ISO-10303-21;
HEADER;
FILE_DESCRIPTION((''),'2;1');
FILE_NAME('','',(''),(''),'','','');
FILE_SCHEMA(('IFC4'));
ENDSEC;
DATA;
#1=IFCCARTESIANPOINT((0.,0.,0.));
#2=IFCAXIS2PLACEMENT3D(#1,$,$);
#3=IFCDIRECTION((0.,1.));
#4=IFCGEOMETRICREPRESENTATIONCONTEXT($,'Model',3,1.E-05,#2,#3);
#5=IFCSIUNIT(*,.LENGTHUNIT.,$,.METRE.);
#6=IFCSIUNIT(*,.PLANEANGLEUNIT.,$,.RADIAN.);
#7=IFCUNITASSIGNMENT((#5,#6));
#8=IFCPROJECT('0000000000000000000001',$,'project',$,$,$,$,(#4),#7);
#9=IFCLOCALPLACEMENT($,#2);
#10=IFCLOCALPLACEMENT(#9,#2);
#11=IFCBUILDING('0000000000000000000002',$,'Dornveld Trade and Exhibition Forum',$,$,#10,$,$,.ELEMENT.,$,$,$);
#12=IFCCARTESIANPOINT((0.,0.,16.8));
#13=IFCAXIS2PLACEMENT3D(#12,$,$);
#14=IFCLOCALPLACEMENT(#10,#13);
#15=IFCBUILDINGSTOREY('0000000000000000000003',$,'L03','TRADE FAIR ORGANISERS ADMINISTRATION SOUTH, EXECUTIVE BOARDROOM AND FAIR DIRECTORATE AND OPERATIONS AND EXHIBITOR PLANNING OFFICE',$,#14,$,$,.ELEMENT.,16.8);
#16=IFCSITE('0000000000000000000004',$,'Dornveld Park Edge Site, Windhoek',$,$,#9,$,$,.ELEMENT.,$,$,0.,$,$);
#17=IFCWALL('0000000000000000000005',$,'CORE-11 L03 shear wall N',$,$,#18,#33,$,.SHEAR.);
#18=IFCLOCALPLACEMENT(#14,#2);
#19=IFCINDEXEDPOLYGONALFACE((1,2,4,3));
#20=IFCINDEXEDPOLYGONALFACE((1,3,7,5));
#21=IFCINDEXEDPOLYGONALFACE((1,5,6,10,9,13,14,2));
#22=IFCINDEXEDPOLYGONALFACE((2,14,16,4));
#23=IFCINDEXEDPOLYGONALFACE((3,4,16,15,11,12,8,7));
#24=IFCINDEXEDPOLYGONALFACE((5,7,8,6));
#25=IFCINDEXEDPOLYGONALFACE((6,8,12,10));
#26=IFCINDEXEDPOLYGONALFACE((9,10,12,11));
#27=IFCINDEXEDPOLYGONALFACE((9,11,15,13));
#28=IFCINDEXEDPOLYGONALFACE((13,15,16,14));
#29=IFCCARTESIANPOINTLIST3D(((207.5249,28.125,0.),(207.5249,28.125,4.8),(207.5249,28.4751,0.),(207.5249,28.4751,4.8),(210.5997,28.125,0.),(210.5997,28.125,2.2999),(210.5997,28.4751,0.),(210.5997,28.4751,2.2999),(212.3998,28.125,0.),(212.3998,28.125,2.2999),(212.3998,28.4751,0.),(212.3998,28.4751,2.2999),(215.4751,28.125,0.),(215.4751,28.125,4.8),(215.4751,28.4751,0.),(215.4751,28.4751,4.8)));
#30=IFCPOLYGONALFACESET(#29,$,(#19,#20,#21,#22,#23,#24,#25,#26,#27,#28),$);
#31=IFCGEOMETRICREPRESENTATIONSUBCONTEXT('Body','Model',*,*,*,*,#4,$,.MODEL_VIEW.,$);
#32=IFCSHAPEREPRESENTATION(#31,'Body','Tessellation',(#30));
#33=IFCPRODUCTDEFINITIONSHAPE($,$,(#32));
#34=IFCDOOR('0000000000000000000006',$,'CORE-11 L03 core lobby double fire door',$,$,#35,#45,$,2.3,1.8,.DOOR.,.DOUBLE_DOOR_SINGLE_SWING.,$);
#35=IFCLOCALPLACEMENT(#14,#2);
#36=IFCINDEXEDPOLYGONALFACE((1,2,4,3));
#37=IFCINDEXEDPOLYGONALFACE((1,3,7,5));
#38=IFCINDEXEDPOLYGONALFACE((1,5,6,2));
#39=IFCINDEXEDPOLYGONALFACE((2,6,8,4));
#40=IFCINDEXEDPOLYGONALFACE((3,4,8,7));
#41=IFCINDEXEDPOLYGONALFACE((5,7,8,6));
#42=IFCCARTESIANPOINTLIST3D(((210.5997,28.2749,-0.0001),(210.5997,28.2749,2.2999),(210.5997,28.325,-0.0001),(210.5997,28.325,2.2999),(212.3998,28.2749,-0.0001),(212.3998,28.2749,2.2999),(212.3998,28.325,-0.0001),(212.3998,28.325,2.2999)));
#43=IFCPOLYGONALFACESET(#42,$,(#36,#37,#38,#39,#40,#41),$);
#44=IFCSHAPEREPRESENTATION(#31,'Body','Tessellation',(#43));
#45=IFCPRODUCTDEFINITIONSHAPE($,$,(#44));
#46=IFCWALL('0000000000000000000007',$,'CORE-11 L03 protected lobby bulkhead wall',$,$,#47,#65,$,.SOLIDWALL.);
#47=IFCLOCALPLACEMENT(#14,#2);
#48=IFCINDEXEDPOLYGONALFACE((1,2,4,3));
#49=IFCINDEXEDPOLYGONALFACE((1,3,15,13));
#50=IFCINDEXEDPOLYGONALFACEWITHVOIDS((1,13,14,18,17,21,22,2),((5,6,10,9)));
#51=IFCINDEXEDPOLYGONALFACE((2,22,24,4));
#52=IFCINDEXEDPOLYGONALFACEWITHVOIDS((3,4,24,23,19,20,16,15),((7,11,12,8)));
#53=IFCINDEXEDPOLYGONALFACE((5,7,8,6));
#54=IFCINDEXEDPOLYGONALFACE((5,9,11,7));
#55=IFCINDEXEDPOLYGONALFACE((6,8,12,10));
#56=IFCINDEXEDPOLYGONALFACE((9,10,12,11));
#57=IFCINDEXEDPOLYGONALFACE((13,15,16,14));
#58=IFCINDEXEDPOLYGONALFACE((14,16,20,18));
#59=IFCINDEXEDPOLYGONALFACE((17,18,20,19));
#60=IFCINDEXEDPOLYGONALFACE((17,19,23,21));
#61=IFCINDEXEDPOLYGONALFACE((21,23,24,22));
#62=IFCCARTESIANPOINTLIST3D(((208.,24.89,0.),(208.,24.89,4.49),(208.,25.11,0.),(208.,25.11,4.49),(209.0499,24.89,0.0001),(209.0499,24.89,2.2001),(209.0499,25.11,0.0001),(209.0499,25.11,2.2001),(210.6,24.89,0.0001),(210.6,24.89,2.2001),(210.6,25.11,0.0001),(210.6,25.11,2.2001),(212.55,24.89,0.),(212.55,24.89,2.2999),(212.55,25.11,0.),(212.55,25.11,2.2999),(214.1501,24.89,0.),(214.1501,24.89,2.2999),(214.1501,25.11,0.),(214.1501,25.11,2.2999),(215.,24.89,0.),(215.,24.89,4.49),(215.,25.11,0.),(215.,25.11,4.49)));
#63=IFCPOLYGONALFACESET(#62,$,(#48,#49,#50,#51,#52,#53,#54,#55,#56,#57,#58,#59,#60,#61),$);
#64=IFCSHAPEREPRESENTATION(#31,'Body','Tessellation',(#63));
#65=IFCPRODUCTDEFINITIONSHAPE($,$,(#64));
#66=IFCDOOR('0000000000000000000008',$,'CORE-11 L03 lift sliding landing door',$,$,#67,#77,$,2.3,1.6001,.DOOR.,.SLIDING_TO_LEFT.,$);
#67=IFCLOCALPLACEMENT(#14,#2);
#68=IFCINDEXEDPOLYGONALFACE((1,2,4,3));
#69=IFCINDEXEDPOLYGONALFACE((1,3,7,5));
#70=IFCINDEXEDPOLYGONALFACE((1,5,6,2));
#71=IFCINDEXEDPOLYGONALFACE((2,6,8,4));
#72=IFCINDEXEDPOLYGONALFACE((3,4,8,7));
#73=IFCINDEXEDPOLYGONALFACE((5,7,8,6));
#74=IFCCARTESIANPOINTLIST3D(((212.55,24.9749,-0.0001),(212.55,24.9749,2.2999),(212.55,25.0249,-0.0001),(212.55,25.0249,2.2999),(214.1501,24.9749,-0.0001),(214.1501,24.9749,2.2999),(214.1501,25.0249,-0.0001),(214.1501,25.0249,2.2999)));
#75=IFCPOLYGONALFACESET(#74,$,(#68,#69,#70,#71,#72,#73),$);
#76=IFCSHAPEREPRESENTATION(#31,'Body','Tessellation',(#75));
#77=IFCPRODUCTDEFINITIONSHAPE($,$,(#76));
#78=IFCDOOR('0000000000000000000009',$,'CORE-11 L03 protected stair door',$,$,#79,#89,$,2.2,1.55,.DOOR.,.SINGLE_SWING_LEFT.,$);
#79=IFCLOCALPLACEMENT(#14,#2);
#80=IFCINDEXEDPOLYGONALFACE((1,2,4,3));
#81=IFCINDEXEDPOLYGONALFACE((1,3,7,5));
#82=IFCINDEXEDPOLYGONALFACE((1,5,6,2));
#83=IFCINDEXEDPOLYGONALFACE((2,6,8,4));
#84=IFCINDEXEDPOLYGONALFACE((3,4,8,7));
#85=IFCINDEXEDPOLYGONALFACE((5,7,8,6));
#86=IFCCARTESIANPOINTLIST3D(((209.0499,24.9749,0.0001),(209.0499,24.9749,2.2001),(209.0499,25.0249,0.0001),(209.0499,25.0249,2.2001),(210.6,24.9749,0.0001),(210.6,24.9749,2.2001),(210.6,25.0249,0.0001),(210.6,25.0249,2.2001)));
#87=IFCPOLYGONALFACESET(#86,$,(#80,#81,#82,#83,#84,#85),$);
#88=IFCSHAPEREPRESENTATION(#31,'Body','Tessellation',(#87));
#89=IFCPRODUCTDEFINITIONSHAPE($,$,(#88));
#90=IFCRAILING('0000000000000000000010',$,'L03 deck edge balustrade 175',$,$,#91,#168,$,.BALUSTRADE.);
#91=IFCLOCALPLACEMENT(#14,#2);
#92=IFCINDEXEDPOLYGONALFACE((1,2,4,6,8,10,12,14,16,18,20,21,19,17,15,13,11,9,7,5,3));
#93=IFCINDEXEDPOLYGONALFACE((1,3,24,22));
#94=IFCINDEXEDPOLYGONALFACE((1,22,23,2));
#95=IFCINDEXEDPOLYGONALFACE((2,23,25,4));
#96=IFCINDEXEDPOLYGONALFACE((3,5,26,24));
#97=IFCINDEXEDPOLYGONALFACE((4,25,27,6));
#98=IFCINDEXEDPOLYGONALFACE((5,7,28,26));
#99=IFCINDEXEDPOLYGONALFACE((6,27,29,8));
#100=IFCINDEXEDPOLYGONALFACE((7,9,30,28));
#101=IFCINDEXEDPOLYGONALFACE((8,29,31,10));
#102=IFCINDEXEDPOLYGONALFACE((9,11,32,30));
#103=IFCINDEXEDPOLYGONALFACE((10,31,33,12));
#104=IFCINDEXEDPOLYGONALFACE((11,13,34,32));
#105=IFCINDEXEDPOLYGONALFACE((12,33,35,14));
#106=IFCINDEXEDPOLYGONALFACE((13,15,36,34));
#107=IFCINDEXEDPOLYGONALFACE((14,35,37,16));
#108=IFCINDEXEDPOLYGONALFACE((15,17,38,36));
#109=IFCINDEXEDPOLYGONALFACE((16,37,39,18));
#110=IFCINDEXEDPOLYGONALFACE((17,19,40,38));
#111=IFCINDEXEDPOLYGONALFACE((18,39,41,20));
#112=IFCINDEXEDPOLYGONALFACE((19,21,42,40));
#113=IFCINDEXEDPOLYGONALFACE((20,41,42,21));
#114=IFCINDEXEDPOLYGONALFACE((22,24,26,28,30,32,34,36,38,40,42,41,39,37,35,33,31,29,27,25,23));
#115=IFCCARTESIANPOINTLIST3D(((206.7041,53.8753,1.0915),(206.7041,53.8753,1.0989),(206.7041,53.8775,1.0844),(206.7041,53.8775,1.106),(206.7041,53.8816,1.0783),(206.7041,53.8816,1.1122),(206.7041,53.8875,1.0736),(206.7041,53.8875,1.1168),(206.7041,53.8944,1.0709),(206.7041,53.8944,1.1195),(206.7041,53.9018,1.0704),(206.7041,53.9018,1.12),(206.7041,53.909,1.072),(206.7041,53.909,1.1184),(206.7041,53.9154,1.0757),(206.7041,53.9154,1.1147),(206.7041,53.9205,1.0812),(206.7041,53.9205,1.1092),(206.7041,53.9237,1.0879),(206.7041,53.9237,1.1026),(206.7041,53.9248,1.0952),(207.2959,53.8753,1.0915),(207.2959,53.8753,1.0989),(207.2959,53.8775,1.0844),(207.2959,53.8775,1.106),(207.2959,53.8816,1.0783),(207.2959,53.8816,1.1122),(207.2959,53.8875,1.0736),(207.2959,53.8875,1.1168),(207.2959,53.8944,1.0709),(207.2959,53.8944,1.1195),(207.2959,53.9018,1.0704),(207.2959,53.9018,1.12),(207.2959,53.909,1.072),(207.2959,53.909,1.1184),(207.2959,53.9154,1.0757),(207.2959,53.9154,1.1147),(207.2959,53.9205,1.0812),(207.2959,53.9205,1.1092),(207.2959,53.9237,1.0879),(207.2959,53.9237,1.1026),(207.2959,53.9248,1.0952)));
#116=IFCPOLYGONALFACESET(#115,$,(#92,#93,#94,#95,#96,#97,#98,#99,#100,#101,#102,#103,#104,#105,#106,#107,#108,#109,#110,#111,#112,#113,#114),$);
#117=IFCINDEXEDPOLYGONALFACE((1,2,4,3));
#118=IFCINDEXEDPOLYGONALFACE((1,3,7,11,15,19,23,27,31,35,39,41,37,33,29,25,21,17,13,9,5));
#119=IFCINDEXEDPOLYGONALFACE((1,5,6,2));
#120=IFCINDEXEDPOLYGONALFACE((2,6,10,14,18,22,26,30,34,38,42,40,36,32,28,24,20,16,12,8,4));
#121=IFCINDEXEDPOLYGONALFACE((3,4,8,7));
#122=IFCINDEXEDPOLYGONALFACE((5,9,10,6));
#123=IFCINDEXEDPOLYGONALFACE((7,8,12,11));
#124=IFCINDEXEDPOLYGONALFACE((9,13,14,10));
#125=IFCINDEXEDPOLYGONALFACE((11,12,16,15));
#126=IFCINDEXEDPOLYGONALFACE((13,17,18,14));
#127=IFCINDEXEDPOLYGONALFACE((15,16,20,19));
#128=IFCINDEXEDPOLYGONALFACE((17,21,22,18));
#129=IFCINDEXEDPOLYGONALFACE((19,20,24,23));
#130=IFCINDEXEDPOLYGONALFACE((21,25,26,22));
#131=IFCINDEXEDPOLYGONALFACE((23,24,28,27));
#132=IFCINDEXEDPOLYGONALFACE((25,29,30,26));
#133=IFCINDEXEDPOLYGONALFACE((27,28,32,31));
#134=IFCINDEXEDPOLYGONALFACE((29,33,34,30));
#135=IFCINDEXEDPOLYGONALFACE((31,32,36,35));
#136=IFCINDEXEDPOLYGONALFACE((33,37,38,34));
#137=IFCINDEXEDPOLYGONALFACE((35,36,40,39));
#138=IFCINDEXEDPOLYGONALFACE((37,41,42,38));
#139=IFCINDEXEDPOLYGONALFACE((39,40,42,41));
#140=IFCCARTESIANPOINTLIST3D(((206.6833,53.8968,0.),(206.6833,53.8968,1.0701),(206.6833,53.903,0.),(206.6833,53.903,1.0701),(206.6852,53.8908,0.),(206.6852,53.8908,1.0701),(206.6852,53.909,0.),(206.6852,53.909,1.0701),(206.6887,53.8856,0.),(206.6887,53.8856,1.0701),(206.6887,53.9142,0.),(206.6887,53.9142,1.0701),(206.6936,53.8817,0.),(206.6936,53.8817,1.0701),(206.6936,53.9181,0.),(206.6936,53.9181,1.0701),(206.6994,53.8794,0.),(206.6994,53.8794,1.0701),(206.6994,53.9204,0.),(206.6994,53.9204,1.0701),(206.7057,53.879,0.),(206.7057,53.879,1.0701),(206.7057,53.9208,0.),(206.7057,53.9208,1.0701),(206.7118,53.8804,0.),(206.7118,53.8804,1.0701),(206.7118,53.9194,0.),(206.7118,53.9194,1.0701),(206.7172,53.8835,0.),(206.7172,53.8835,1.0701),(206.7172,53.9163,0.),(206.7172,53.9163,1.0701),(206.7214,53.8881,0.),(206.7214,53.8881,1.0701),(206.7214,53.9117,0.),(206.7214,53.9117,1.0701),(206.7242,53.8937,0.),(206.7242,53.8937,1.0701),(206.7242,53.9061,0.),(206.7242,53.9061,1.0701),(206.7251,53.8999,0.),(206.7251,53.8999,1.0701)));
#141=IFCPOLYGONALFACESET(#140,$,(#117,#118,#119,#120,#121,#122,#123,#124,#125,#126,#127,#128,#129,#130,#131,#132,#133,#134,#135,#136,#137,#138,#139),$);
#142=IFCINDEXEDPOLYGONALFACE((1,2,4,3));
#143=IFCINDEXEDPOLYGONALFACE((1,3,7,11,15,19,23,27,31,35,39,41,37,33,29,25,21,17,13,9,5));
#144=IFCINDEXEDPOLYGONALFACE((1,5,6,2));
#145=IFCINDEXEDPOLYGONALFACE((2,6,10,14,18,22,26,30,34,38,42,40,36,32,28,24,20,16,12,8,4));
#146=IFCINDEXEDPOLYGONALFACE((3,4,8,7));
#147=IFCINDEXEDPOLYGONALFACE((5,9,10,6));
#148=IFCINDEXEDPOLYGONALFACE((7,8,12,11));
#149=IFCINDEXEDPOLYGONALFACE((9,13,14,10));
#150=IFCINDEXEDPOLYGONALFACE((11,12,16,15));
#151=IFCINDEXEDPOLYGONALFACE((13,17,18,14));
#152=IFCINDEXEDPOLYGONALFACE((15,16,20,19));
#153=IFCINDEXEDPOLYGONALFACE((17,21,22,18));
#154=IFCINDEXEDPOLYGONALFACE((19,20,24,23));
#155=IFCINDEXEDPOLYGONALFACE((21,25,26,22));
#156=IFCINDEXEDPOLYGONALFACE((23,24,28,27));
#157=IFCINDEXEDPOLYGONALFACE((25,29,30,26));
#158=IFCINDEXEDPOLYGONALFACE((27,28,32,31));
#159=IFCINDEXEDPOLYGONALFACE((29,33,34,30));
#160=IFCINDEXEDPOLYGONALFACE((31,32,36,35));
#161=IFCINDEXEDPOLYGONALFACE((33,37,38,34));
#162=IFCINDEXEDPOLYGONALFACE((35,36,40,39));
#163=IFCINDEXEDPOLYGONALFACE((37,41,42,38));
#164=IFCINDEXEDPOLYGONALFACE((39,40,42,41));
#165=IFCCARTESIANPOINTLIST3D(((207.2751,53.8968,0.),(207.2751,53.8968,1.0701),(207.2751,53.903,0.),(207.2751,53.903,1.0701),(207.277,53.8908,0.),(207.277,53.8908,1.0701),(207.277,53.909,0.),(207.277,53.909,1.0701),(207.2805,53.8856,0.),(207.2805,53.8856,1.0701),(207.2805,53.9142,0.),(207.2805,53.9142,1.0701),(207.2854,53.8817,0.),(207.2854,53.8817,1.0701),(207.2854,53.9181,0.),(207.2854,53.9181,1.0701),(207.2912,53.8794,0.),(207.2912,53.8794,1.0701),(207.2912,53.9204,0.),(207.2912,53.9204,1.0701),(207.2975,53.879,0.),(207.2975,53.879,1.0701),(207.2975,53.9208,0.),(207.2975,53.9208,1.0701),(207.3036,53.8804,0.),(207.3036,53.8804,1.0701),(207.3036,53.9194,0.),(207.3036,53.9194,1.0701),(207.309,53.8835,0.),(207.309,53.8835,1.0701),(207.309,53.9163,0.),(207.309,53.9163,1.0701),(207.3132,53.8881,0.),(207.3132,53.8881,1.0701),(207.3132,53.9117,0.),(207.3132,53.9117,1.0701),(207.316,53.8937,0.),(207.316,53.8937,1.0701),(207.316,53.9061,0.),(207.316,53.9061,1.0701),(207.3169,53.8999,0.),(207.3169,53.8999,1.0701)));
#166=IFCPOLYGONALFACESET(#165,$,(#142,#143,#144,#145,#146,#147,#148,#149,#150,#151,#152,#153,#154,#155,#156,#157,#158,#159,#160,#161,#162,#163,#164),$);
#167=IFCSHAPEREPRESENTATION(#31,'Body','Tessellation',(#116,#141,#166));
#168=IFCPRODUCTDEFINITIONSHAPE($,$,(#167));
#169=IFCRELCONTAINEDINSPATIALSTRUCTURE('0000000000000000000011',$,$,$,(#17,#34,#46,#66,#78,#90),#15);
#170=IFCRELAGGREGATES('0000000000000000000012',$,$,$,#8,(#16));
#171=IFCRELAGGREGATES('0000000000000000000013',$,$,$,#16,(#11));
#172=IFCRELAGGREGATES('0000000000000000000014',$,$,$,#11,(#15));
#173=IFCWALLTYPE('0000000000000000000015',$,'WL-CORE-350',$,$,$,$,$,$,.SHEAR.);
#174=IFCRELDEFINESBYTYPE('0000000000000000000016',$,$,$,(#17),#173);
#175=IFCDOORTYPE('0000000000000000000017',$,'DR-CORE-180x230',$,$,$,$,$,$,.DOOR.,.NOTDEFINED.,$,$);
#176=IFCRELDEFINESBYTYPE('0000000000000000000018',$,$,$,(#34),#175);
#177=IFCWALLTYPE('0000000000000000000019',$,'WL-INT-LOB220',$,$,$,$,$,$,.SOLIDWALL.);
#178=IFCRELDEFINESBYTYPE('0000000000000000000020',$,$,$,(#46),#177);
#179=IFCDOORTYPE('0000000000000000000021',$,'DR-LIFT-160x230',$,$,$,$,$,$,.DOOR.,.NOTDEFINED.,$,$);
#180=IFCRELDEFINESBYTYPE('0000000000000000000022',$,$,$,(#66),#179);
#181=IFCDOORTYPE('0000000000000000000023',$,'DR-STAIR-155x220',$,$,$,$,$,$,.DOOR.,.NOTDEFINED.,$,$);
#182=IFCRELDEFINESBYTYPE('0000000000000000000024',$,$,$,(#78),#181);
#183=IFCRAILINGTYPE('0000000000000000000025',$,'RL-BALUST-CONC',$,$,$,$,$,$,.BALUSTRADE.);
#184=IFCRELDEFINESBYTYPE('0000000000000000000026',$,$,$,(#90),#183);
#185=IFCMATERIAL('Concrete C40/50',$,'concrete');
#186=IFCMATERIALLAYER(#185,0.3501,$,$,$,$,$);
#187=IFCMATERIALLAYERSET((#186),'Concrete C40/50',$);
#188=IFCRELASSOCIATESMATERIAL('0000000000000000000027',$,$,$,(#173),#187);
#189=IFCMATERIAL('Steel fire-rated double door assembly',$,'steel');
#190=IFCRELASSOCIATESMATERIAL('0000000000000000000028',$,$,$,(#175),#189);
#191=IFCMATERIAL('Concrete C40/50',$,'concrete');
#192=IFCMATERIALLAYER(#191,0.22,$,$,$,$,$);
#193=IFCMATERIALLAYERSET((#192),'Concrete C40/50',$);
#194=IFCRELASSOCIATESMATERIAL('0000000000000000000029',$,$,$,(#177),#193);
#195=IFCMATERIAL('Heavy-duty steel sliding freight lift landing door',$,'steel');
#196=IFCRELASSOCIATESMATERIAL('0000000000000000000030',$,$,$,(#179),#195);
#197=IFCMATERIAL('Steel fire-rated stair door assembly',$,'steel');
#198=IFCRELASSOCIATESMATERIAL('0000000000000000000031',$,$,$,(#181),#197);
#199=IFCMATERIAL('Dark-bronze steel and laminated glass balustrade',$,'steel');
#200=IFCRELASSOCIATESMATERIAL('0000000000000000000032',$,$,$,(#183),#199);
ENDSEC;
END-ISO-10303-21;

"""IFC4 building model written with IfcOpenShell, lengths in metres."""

from ifc_helpers import new_model, si_unit, direction, frame, frame_2d, origin, origin_2d, place, context, subcontext, project, spatial, rectangle, circle, extrude, material, layer, layer_set, type_object, element, fill, save


model = new_model("IFC4")

# Units and contexts
model_context = context("Model", 3, precision=1e-05, world=origin(), true_north=direction((0.0, 1.0)))
body_context = subcontext(model_context, "Body", "Model", "MODEL_VIEW")
ifc_project = project(units=[si_unit("LENGTHUNIT", "METRE"), si_unit("PLANEANGLEUNIT", "RADIAN")], contexts=[model_context])

# Site, building, storey
site_placement = place(None, origin())
site = spatial("IfcSite", under=ifc_project, at=site_placement, Name="Dornveld Park Edge Site, Windhoek", CompositionType="ELEMENT", RefElevation=0.0)
building_placement = place(site_placement, origin())
building = spatial("IfcBuilding", under=site, at=building_placement, Name="Dornveld Trade and Exhibition Forum", CompositionType="ELEMENT")
storey_placement = place(building_placement, frame((0.0, 0.0, 16.8)))
storey = spatial("IfcBuildingStorey", under=building, at=storey_placement, Name="L03", Description="TRADE FAIR ORGANISERS ADMINISTRATION SOUTH, EXECUTIVE BOARDROOM AND FAIR DIRECTORATE AND OPERATIONS AND EXHIBITOR PLANNING OFFICE", CompositionType="ELEMENT", Elevation=16.8)

# Wall, opening, door
ifc_material_1 = material(Name="Concrete C40/50", Category="concrete")
ifc_layer_1 = layer(ifc_material_1, 0.3501)
ifc_layer_set_1 = layer_set([ifc_layer_1], Name="Concrete C40/50")
wall_type_1 = type_object("IfcWallType", Name="WL-CORE-350", PredefinedType="SHEAR", material=ifc_layer_set_1)
wall_1_placement = place(storey_placement, frame((207.5249, 28.3, 0.0), z_axis=(0.0, 0.0, 1.0), x_axis=(1.0, 0.0, 0.0)))
wall_1 = element("IfcWall", 1, at=wall_1_placement, inside=storey, type_object=wall_type_1, Name="CORE-11 L03 shear wall N", PredefinedType="SHEAR", context=body_context, shape_type="SweptSolid", body=[
    extrude(rectangle(XDim=7.9502, YDim=0.3501, at=frame_2d((3.9751, 0.0))), origin(), (0.0, 0.0, 1.0), 4.8),
])
opening_1_placement = place(wall_1_placement, frame((3.075, 0.0, 0.0)))
opening_1 = element("IfcOpeningElement", 2, at=opening_1_placement, cuts=wall_1, PredefinedType="OPENING", context=body_context, shape_type="SweptSolid", body=[
    extrude(rectangle(XDim=1.8, YDim=2.3, at=frame_2d((0.8999, 1.1499))), frame((0.0, 0.1851, 0.0), z_axis=(0.0, -1.0, 0.0), x_axis=(1.0, 0.0, 0.0)), (0.0, 0.0, 1.0), 0.3701),
])
ifc_material_2 = material(Name="Steel fire-rated double door assembly", Category="steel")
door_type_1 = type_object("IfcDoorType", Name="DR-CORE-180x230", OperationType="NOTDEFINED", PredefinedType="DOOR", material=ifc_material_2)
door_1_placement = place(opening_1_placement, origin())
door_1 = element("IfcDoor", 3, at=door_1_placement, inside=storey, type_object=door_type_1, Name="CORE-11 L03 core lobby double fire door", OperationType="DOUBLE_DOOR_SINGLE_SWING", OverallHeight=2.3, OverallWidth=1.8, PredefinedType="DOOR", context=body_context, shape_type="SweptSolid", body=[
    extrude(rectangle(XDim=1.8, YDim=2.3, at=frame_2d((0.8999, 1.1499))), frame((0.0, 0.0249, 0.0), z_axis=(0.0, -1.0, 0.0), x_axis=(1.0, 0.0, 0.0)), (0.0, 0.0, 1.0), 0.05),
])
fill(opening_1, door_1)

# Wall, openings, doors
ifc_material_3 = material(Name="Concrete C40/50", Category="concrete")
ifc_layer_2 = layer(ifc_material_3, 0.22)
ifc_layer_set_2 = layer_set([ifc_layer_2], Name="Concrete C40/50")
wall_type_2 = type_object("IfcWallType", Name="WL-INT-LOB220", PredefinedType="SOLIDWALL", material=ifc_layer_set_2)
wall_2_placement = place(storey_placement, frame((208.0, 25.0, 0.0), z_axis=(0.0, 0.0, 1.0), x_axis=(1.0, 0.0, 0.0)))
wall_2 = element("IfcWall", 4, at=wall_2_placement, inside=storey, type_object=wall_type_2, Name="CORE-11 L03 protected lobby bulkhead wall", PredefinedType="SOLIDWALL", context=body_context, shape_type="SweptSolid", body=[
    extrude(rectangle(XDim=7.0, YDim=0.22, at=frame_2d((3.5, 0.0))), origin(), (0.0, 0.0, 1.0), 4.49),
])
opening_2_placement = place(wall_2_placement, frame((1.05, 0.0, 0.0)))
opening_2 = element("IfcOpeningElement", 5, at=opening_2_placement, cuts=wall_2, PredefinedType="OPENING", context=body_context, shape_type="SweptSolid", body=[
    extrude(rectangle(XDim=1.55, YDim=2.2, at=frame_2d((0.7749, 1.1001))), frame((0.0, 0.1199, 0.0), z_axis=(0.0, -1.0, 0.0), x_axis=(1.0, 0.0, 0.0)), (0.0, 0.0, 1.0), 0.24),
])
opening_3_placement = place(wall_2_placement, frame((4.55, 0.0, 0.0)))
opening_3 = element("IfcOpeningElement", 6, at=opening_3_placement, cuts=wall_2, PredefinedType="OPENING", context=body_context, shape_type="SweptSolid", body=[
    extrude(rectangle(XDim=1.6001, YDim=2.3, at=frame_2d((0.8, 1.1499))), frame((0.0, 0.1199, 0.0), z_axis=(0.0, -1.0, 0.0), x_axis=(1.0, 0.0, 0.0)), (0.0, 0.0, 1.0), 0.24),
])
ifc_material_4 = material(Name="Heavy-duty steel sliding freight lift landing door", Category="steel")
door_type_2 = type_object("IfcDoorType", Name="DR-LIFT-160x230", OperationType="NOTDEFINED", PredefinedType="DOOR", material=ifc_material_4)
door_2_placement = place(opening_3_placement, origin())
door_2 = element("IfcDoor", 7, at=door_2_placement, inside=storey, type_object=door_type_2, Name="CORE-11 L03 lift sliding landing door", OperationType="SLIDING_TO_LEFT", OverallHeight=2.3, OverallWidth=1.6001, PredefinedType="DOOR", context=body_context, shape_type="SweptSolid", body=[
    extrude(rectangle(XDim=1.6001, YDim=2.3, at=frame_2d((0.8, 1.1499))), frame((0.0, 0.0249, 0.0), z_axis=(0.0, -1.0, 0.0), x_axis=(1.0, 0.0, 0.0)), (0.0, 0.0, 1.0), 0.05),
])
fill(opening_3, door_2)
ifc_material_5 = material(Name="Steel fire-rated stair door assembly", Category="steel")
door_type_3 = type_object("IfcDoorType", Name="DR-STAIR-155x220", OperationType="NOTDEFINED", PredefinedType="DOOR", material=ifc_material_5)
door_3_placement = place(opening_2_placement, origin())
door_3 = element("IfcDoor", 8, at=door_3_placement, inside=storey, type_object=door_type_3, Name="CORE-11 L03 protected stair door", OperationType="SINGLE_SWING_LEFT", OverallHeight=2.2, OverallWidth=1.55, PredefinedType="DOOR", context=body_context, shape_type="SweptSolid", body=[
    extrude(rectangle(XDim=1.55, YDim=2.2, at=frame_2d((0.7749, 1.1001))), frame((0.0, 0.0249, 0.0), z_axis=(0.0, -1.0, 0.0), x_axis=(1.0, 0.0, 0.0)), (0.0, 0.0, 1.0), 0.05),
])
fill(opening_2, door_3)

# Railing
ifc_material_6 = material(Name="Dark-bronze steel and laminated glass balustrade", Category="steel")
railing_type_1 = type_object("IfcRailingType", Name="RL-BALUST-CONC", PredefinedType="BALUSTRADE", material=ifc_material_6)
railing_1_placement = place(storey_placement, frame((206.7041, 53.8999, 0.0)))
element("IfcRailing", 9, at=railing_1_placement, inside=storey, type_object=railing_type_1, Name="L03 deck edge balustrade 175", PredefinedType="BALUSTRADE", context=body_context, shape_type="SweptSolid", body=[
    extrude(circle(Radius=0.0249, at=origin_2d()), frame((0.0, 0.0, 1.0952), z_axis=(1.0, 0.0, 0.0), x_axis=(0.0, 1.0, 0.0)), (0.0, 0.0, 1.0), 0.5918),
    extrude(circle(Radius=0.021, at=origin_2d()), origin(), (0.0, 0.0, 1.0), 1.0701),
    extrude(circle(Radius=0.021, at=origin_2d()), frame((0.5918, 0.0, 0.0)), (0.0, 0.0, 1.0), 1.0701),
])

save(model, "model.ifc")
